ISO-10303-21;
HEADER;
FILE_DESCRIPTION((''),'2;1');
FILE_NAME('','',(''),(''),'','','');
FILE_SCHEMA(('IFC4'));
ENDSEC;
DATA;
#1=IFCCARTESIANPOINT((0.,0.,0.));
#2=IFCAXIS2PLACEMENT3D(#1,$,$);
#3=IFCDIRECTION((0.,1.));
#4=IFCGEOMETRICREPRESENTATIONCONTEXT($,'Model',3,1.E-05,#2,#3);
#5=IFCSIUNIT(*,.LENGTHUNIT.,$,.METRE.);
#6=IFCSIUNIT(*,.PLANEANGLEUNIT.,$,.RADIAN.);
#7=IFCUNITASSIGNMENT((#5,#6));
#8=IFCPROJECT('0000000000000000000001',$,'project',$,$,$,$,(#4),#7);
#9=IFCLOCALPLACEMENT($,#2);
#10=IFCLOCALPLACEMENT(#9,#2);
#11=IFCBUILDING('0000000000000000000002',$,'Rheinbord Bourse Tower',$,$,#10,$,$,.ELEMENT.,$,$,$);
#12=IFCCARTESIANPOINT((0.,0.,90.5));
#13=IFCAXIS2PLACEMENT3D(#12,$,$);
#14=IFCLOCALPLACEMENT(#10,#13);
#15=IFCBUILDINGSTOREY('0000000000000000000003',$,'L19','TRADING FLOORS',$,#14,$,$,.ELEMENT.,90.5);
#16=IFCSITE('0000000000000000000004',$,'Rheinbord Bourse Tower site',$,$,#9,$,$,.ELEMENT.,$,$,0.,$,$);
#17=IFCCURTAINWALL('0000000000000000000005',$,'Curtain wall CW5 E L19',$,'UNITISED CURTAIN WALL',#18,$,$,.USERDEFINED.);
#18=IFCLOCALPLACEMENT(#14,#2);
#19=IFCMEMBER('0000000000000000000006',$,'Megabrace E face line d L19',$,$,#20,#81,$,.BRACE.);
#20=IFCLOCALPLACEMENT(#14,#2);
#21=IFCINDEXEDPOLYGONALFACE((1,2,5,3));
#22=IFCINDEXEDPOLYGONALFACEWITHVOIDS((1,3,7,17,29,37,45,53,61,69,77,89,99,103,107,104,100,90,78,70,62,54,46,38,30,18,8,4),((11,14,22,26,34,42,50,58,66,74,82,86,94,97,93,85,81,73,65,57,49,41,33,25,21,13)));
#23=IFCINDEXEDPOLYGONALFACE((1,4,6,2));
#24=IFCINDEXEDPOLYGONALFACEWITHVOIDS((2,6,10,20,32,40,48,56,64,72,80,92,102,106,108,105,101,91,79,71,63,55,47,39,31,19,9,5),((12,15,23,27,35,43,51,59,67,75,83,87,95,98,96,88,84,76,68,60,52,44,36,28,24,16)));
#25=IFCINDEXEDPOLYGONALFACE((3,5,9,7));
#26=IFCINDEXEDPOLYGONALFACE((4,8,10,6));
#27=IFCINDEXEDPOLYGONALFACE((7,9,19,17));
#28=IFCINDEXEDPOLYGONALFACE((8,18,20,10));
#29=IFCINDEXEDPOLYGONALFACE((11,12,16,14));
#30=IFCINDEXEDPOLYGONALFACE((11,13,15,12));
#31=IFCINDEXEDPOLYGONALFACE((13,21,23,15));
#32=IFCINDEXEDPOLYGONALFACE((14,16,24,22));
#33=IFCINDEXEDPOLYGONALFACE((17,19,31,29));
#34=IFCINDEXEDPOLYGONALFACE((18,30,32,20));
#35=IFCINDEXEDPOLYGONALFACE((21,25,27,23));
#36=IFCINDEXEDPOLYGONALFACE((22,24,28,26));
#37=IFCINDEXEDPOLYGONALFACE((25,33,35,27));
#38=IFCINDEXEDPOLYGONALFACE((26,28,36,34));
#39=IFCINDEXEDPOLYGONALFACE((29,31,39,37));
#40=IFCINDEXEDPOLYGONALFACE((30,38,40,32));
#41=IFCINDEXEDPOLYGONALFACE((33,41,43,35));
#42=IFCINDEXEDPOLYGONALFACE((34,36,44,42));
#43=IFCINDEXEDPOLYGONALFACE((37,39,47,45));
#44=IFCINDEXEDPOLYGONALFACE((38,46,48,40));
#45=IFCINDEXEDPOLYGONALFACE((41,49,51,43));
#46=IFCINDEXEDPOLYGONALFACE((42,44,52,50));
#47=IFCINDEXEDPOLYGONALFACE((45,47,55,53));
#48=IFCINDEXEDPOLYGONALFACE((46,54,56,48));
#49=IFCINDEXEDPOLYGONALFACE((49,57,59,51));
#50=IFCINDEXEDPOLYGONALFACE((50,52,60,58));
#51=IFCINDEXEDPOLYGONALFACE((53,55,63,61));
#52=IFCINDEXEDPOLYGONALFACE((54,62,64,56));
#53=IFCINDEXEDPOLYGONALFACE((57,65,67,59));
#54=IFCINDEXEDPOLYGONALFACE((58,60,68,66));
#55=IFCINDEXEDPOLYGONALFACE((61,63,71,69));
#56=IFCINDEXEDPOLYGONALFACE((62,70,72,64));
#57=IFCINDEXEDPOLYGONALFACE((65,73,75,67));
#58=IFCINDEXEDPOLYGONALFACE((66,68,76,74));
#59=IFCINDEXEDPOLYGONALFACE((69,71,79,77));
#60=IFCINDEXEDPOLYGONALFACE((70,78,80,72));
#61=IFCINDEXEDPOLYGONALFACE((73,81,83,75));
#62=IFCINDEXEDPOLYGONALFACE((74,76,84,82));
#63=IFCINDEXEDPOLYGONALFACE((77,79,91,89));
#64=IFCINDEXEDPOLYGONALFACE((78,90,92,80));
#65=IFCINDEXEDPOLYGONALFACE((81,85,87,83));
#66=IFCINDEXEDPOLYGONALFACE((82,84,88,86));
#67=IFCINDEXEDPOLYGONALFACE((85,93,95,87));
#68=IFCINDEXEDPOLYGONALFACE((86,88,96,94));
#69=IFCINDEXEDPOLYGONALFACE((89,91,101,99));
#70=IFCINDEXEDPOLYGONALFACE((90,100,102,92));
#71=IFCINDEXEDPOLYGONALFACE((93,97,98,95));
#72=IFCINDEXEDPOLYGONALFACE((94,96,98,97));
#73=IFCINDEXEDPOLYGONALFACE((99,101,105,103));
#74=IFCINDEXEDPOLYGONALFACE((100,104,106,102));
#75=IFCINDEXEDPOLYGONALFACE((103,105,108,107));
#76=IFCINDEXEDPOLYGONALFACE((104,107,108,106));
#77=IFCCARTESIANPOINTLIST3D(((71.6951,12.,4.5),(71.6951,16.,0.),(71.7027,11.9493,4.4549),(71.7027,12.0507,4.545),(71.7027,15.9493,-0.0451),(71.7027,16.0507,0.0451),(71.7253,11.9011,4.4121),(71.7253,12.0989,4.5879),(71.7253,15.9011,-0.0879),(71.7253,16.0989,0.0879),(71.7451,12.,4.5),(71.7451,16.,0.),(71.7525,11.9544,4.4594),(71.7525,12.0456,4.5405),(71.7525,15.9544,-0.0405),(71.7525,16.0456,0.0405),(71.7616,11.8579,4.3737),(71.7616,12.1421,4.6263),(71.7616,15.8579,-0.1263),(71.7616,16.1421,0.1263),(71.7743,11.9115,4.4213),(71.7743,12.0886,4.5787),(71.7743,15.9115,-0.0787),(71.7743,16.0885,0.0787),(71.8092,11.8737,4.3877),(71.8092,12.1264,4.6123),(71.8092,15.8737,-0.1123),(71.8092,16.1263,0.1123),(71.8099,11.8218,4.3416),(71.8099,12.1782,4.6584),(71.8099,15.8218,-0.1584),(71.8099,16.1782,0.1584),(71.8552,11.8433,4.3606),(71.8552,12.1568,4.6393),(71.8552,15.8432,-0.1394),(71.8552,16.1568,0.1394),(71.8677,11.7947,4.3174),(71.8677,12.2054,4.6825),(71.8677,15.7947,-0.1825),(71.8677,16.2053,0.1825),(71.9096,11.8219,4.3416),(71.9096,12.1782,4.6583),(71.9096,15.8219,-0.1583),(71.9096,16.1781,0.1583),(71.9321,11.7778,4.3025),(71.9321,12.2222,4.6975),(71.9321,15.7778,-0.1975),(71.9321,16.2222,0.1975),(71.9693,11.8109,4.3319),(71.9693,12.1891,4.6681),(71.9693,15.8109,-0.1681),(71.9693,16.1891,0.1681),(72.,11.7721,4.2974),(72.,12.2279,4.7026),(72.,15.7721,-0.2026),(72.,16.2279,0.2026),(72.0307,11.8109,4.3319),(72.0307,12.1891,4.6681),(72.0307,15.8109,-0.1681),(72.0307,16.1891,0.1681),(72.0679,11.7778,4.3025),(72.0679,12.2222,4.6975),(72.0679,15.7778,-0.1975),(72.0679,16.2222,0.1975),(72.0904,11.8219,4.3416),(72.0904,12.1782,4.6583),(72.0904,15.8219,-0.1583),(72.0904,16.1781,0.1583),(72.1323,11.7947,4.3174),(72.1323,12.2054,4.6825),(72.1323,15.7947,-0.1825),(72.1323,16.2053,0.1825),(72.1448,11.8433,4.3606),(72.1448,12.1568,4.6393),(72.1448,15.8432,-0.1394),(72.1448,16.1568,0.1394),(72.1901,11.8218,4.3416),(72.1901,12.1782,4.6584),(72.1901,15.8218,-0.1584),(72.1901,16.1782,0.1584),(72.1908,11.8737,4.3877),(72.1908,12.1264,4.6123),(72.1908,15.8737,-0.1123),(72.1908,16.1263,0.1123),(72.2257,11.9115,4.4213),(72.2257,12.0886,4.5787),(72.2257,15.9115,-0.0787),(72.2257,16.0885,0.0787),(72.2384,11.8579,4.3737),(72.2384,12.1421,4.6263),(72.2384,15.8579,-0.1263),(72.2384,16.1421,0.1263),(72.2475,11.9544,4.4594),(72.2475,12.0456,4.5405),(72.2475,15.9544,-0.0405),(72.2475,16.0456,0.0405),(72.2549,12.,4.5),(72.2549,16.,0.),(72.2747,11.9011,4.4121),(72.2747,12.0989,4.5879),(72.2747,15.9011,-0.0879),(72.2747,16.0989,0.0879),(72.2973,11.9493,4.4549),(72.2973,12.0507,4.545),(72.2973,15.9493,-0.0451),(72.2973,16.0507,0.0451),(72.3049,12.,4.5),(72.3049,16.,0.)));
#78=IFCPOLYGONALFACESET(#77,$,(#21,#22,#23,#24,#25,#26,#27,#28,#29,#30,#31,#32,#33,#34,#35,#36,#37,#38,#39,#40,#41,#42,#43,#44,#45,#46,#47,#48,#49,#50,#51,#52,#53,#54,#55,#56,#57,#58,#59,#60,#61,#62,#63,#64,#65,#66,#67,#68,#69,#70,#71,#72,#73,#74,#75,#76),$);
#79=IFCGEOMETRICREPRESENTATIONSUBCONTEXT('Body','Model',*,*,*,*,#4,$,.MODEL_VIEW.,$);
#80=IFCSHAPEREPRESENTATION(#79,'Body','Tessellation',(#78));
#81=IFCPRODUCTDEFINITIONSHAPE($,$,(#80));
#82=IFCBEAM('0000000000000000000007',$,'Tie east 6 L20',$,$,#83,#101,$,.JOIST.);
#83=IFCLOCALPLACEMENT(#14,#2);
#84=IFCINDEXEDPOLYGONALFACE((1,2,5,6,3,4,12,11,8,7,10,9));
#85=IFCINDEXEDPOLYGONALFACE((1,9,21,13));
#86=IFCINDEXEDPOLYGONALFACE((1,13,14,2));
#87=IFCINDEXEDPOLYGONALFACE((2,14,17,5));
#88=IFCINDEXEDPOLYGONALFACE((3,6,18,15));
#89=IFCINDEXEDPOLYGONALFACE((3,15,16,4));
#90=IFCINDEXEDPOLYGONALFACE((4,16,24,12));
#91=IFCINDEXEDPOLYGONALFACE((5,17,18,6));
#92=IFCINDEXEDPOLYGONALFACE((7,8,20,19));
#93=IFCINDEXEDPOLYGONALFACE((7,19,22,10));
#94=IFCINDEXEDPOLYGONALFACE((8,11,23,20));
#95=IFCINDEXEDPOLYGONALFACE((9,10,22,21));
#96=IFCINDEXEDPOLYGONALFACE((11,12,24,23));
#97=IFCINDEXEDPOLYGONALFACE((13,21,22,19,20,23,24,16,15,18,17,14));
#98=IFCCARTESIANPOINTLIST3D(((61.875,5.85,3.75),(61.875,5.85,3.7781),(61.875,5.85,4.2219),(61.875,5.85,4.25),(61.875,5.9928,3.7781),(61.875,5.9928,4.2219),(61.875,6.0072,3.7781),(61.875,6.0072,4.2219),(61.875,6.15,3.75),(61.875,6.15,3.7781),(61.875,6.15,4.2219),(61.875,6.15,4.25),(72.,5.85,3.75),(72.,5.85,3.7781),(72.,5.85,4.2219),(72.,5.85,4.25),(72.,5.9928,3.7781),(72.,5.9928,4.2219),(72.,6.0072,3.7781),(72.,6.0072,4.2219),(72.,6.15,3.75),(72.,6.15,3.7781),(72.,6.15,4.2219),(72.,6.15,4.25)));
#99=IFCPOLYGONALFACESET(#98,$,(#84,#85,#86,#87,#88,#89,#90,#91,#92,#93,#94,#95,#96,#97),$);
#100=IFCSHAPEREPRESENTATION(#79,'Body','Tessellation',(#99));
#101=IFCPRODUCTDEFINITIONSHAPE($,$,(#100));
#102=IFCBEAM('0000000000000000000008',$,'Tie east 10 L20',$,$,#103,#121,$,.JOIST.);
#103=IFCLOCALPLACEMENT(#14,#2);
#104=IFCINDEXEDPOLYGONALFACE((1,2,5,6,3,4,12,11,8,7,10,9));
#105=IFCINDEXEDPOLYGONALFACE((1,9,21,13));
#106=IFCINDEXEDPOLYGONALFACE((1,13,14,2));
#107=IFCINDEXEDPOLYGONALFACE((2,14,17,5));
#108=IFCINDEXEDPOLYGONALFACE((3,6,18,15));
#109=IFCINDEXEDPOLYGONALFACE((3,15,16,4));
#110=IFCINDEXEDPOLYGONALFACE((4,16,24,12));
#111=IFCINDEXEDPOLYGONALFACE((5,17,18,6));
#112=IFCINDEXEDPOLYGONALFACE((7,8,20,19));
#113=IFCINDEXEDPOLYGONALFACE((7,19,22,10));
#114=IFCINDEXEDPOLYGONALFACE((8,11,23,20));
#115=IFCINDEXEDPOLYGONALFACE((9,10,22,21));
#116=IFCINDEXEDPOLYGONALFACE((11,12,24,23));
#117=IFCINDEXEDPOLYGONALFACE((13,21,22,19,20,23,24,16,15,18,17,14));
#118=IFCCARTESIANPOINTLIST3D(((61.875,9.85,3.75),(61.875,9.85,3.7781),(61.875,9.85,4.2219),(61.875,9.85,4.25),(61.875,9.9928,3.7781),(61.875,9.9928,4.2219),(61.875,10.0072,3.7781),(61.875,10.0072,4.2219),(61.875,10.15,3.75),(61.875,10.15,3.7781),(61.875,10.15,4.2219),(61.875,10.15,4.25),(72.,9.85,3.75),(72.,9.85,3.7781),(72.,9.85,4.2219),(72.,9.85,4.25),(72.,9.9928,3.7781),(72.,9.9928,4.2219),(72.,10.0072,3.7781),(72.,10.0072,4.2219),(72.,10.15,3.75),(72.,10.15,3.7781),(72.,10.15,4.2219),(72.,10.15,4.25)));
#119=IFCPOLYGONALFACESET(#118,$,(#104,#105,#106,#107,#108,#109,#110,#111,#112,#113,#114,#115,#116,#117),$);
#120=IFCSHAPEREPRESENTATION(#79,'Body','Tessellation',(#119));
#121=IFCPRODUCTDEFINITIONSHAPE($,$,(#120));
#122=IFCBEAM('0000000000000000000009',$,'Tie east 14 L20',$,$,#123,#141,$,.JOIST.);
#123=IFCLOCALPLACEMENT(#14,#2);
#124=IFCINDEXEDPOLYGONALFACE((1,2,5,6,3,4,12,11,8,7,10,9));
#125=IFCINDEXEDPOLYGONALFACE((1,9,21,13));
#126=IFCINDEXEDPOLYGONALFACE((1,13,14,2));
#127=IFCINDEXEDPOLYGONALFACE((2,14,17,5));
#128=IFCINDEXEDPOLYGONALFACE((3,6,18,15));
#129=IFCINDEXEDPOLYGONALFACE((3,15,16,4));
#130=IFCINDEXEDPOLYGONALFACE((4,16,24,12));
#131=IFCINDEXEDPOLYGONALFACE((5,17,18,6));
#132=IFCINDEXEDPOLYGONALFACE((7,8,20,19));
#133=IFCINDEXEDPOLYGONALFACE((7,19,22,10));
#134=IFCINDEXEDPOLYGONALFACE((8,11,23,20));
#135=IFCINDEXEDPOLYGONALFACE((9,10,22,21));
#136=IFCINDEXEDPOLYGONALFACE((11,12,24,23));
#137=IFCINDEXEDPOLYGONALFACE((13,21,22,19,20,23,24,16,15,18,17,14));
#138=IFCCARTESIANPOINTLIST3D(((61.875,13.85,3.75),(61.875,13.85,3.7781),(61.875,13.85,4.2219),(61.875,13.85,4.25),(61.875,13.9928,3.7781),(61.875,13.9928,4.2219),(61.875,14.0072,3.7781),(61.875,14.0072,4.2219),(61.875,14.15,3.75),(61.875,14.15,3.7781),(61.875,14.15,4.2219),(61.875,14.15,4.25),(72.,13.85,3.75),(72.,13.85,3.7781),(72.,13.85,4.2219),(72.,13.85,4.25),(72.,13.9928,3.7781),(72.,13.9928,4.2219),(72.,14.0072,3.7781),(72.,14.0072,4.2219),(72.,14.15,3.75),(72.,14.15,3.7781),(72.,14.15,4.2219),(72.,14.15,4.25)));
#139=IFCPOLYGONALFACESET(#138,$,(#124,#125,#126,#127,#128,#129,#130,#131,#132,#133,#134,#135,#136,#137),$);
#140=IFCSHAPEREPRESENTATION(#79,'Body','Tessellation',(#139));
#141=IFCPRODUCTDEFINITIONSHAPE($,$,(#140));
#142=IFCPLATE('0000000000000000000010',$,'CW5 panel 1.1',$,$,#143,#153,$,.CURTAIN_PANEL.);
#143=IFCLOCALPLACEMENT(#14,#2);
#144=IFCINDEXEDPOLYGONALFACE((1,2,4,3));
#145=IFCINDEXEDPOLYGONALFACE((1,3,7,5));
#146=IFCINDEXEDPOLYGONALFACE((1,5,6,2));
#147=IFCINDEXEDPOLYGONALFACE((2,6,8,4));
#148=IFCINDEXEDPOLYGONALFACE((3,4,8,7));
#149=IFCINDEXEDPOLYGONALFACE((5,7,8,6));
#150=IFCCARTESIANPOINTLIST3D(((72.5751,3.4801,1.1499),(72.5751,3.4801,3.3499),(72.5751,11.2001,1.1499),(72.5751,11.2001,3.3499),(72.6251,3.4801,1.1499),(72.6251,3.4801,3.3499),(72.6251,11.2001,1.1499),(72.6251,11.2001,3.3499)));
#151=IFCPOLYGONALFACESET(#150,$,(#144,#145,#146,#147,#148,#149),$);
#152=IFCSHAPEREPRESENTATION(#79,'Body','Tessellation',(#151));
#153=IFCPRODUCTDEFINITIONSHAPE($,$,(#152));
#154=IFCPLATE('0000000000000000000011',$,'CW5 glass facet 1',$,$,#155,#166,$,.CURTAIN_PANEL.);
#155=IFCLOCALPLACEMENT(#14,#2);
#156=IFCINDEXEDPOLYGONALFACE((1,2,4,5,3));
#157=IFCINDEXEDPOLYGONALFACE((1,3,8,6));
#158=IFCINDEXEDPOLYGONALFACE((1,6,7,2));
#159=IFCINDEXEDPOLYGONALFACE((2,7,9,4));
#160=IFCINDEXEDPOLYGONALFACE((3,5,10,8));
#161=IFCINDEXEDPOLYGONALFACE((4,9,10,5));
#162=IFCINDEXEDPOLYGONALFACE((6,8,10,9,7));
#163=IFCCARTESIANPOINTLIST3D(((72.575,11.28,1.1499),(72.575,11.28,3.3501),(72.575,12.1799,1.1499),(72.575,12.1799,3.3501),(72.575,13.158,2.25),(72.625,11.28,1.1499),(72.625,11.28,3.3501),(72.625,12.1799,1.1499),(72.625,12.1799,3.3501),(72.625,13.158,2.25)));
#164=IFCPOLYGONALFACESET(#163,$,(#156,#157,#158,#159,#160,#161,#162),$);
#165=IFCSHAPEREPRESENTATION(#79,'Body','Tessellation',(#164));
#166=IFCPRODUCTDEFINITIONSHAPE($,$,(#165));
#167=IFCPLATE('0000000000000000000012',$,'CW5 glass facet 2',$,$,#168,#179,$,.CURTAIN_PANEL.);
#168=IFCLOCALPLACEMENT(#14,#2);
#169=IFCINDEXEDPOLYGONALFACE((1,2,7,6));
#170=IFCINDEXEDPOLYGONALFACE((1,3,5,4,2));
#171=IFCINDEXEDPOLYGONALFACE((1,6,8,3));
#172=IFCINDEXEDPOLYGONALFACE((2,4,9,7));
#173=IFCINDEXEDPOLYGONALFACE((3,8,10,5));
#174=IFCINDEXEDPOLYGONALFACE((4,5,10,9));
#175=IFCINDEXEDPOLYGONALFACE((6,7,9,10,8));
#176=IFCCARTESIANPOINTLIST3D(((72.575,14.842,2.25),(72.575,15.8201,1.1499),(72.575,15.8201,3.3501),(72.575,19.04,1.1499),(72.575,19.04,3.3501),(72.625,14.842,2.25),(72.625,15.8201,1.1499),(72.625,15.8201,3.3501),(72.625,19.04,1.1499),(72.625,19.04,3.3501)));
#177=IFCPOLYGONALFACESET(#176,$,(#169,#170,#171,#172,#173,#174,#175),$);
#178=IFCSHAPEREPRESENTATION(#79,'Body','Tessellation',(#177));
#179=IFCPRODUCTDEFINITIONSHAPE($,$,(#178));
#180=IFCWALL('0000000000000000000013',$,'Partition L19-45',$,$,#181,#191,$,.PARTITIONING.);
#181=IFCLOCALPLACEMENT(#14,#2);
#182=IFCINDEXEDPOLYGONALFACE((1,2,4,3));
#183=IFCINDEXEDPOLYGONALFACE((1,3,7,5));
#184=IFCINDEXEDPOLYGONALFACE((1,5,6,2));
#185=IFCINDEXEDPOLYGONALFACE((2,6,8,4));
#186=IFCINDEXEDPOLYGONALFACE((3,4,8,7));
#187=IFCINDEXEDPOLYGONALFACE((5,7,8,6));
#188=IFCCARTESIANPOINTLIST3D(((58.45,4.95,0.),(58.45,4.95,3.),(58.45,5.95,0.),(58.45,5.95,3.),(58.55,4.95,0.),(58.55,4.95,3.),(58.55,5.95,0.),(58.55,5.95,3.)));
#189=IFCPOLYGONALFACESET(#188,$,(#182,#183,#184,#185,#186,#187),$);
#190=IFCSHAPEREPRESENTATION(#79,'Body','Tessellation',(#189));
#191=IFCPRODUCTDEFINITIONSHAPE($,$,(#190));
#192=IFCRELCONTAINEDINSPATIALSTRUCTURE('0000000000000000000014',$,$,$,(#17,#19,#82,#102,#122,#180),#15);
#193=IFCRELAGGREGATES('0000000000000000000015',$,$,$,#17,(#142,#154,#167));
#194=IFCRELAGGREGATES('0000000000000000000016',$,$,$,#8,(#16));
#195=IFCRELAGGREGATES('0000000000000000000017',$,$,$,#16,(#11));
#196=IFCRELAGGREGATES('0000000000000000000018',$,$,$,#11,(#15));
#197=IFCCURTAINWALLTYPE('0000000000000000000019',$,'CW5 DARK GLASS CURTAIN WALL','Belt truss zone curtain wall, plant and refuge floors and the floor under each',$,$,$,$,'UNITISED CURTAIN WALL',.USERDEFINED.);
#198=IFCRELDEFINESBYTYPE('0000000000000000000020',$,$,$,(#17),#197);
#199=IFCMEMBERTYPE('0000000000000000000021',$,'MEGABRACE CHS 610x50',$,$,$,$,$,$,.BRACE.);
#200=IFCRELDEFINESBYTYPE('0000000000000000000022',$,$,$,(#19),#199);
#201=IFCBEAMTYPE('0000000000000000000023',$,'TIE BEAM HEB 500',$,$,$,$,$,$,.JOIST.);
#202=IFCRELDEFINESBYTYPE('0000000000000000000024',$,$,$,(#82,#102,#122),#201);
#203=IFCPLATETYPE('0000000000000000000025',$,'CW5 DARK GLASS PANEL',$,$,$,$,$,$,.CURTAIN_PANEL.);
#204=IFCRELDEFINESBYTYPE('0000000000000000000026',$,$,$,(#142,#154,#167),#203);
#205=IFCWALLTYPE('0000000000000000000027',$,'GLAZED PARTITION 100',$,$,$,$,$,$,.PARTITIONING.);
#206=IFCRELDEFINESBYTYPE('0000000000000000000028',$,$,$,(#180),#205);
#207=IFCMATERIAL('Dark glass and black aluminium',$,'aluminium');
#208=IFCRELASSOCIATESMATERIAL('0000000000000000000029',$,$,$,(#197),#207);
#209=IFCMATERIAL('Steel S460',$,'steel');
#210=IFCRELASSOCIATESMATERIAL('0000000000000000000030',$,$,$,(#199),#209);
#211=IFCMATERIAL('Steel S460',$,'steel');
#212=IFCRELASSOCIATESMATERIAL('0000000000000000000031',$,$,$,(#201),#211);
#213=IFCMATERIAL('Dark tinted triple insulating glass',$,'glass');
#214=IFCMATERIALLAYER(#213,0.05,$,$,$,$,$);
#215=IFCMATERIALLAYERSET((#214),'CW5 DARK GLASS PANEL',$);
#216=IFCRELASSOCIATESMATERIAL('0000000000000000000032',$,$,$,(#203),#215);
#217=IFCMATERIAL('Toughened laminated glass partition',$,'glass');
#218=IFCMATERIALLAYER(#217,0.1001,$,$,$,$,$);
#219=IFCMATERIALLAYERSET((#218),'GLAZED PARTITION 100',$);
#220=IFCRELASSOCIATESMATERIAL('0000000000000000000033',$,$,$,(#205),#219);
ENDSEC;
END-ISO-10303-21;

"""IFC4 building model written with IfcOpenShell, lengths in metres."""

from ifc_helpers import new_model, si_unit, direction, frame, frame_2d, origin, origin_2d, place, context, subcontext, project, spatial, polyline, rectangle, hollow_circle, i_section, outline, extrude, material, layer, layer_set, material_profile, profile_set, type_object, element, aggregate, save


model = new_model("IFC4")

# Units and contexts
model_context = context("Model", 3, precision=1e-05, world=origin(), true_north=direction((0.0, 1.0)))
body_context = subcontext(model_context, "Body", "Model", "MODEL_VIEW")
ifc_project = project(units=[si_unit("LENGTHUNIT", "METRE"), si_unit("PLANEANGLEUNIT", "RADIAN")], contexts=[model_context])

# Site, building, storey
site_placement = place(None, origin())
site = spatial("IfcSite", under=ifc_project, at=site_placement, Name="Rheinbord Bourse Tower site", CompositionType="ELEMENT", RefElevation=0.0)
building_placement = place(site_placement, origin())
building = spatial("IfcBuilding", under=site, at=building_placement, Name="Rheinbord Bourse Tower", CompositionType="ELEMENT")
storey_placement = place(building_placement, frame((0.0, 0.0, 90.5)))
storey = spatial("IfcBuildingStorey", under=building, at=storey_placement, Name="L19", Description="TRADING FLOORS", CompositionType="ELEMENT", Elevation=90.5)

# Curtain wall
ifc_material_1 = material(Name="Dark glass and black aluminium", Category="aluminium")
curtain_wall_type = type_object("IfcCurtainWallType", Name="CW5 DARK GLASS CURTAIN WALL", Description="Belt truss zone curtain wall, plant and refuge floors and the floor under each", ElementType="UNITISED CURTAIN WALL", PredefinedType="USERDEFINED", material=ifc_material_1)
curtain_wall_placement = place(storey_placement, origin())
curtain_wall = element("IfcCurtainWall", 1, at=curtain_wall_placement, inside=storey, type_object=curtain_wall_type, Name="Curtain wall CW5 E L19", ObjectType="UNITISED CURTAIN WALL", PredefinedType="USERDEFINED")

# Member
ifc_material_2 = material(Name="Steel S460", Category="steel")
ifc_material_profile_1 = material_profile(ifc_material_2, hollow_circle(Radius=0.3049, WallThickness=0.05, at=origin_2d()), Name="CHS 610x50")
ifc_profile_set_1 = profile_set([ifc_material_profile_1], Name="Steel S460")
member_type_1 = type_object("IfcMemberType", Name="MEGABRACE CHS 610x50", PredefinedType="BRACE", material=ifc_profile_set_1)
for number, where, z_axis, x_axis, name in (
    (2, (72.0, 16.0, 0.0), (0.0, -0.664364, 0.747409), (1.0, 0.0, 0.0), "Megabrace E face line d L19"),
):
    element("IfcMember", number, at=place(storey_placement, frame(where, z_axis=z_axis, x_axis=x_axis)), inside=storey, type_object=member_type_1, Name=name, PredefinedType="BRACE", context=body_context, shape_type="SweptSolid", body=[
        extrude(hollow_circle(Radius=0.3049, WallThickness=0.05, at=origin_2d()), origin(), (0.0, 0.0, 1.0), 6.0208),
    ])

# Beams
ifc_material_3 = material(Name="Steel S460", Category="steel")
ifc_material_profile_2 = material_profile(ifc_material_3, i_section(OverallWidth=0.3, OverallDepth=0.5, WebThickness=0.0144, FlangeThickness=0.0281, at=origin_2d()), Name="HEB 500")
ifc_profile_set_2 = profile_set([ifc_material_profile_2], Name="Steel S460")
beam_type_1 = type_object("IfcBeamType", Name="TIE BEAM HEB 500", PredefinedType="JOIST", material=ifc_profile_set_2)
for number, where, z_axis, x_axis, name in (
    (3, (61.875, 6.0, 4.0), (1.0, 0.0, 0.0), (0.0, 1.0, 0.0), "Tie east 6 L20"),
    (4, (61.875, 10.0, 4.0), (1.0, 0.0, 0.0), (0.0, 1.0, 0.0), "Tie east 10 L20"),
    (5, (61.875, 14.0, 4.0), (1.0, 0.0, 0.0), (0.0, 1.0, 0.0), "Tie east 14 L20"),
):
    element("IfcBeam", number, at=place(storey_placement, frame(where, z_axis=z_axis, x_axis=x_axis)), inside=storey, type_object=beam_type_1, Name=name, PredefinedType="JOIST", context=body_context, shape_type="SweptSolid", body=[
        extrude(i_section(OverallWidth=0.3, OverallDepth=0.5, WebThickness=0.0144, FlangeThickness=0.0281, at=origin_2d()), origin(), (0.0, 0.0, 1.0), 10.125),
    ])

# Plates
ifc_material_4 = material(Name="Dark tinted triple insulating glass", Category="glass")
ifc_layer_1 = layer(ifc_material_4, 0.05)
ifc_layer_set_1 = layer_set([ifc_layer_1], Name="CW5 DARK GLASS PANEL")
plate_type = type_object("IfcPlateType", Name="CW5 DARK GLASS PANEL", PredefinedType="CURTAIN_PANEL", material=ifc_layer_set_1)
plate_1_placement = place(storey_placement, frame((72.6001, 7.3401, 1.1499), z_axis=(0.0, 0.0, 1.0), x_axis=(0.0, 1.0, 0.0)))
plate_1 = element("IfcPlate", 6, at=plate_1_placement, type_object=plate_type, Name="CW5 panel 1.1", PredefinedType="CURTAIN_PANEL", context=body_context, shape_type="SweptSolid", body=[
    extrude(rectangle(XDim=7.72, YDim=0.05, at=origin_2d()), origin(), (0.0, 0.0, 1.0), 2.2),
])
plate_2_placement = place(storey_placement, frame((72.625, 11.28, 1.1499), z_axis=(-1.0, 0.0, 0.0), x_axis=(0.0, 0.0, 1.0)))
plate_2 = element("IfcPlate", 7, at=plate_2_placement, type_object=plate_type, Name="CW5 glass facet 1", PredefinedType="CURTAIN_PANEL", context=body_context, shape_type="SweptSolid", body=[
    extrude(outline(polyline([(0.0, 0.0), (2.2002, 0.0), (2.2002, 0.8999), (1.1001, 1.8779), (0.0, 0.8999), (0.0, 0.0)])), origin(), (0.0, 0.0, 1.0), 0.05),
])
plate_3_placement = place(storey_placement, frame((72.625, 19.04, 3.3501), z_axis=(-1.0, 0.0, 0.0), x_axis=(0.0, 0.0, -1.0)))
plate_3 = element("IfcPlate", 8, at=plate_3_placement, type_object=plate_type, Name="CW5 glass facet 2", PredefinedType="CURTAIN_PANEL", context=body_context, shape_type="SweptSolid", body=[
    extrude(outline(polyline([(0.0, 0.0), (2.2002, 0.0), (2.2002, 3.22), (1.1001, 4.198), (0.0, 3.22), (0.0, 0.0)])), origin(), (0.0, 0.0, 1.0), 0.05),
])
aggregate(curtain_wall, [plate_1, plate_2, plate_3])

# Wall
ifc_material_5 = material(Name="Toughened laminated glass partition", Category="glass")
ifc_layer_2 = layer(ifc_material_5, 0.1001)
ifc_layer_set_2 = layer_set([ifc_layer_2], Name="GLAZED PARTITION 100")
wall_type_1 = type_object("IfcWallType", Name="GLAZED PARTITION 100", PredefinedType="PARTITIONING", material=ifc_layer_set_2)
wall_1_placement = place(storey_placement, frame((58.5, 4.95, 0.0), z_axis=(0.0, 0.0, 1.0), x_axis=(0.0, 1.0, 0.0)))
element("IfcWall", 9, at=wall_1_placement, inside=storey, type_object=wall_type_1, Name="Partition L19-45", PredefinedType="PARTITIONING", context=body_context, shape_type="SweptSolid", body=[
    extrude(rectangle(XDim=1.0, YDim=0.1001, at=frame_2d((0.5, 0.0))), origin(), (0.0, 0.0, 1.0), 3.0),
])

save(model, "model.ifc")
